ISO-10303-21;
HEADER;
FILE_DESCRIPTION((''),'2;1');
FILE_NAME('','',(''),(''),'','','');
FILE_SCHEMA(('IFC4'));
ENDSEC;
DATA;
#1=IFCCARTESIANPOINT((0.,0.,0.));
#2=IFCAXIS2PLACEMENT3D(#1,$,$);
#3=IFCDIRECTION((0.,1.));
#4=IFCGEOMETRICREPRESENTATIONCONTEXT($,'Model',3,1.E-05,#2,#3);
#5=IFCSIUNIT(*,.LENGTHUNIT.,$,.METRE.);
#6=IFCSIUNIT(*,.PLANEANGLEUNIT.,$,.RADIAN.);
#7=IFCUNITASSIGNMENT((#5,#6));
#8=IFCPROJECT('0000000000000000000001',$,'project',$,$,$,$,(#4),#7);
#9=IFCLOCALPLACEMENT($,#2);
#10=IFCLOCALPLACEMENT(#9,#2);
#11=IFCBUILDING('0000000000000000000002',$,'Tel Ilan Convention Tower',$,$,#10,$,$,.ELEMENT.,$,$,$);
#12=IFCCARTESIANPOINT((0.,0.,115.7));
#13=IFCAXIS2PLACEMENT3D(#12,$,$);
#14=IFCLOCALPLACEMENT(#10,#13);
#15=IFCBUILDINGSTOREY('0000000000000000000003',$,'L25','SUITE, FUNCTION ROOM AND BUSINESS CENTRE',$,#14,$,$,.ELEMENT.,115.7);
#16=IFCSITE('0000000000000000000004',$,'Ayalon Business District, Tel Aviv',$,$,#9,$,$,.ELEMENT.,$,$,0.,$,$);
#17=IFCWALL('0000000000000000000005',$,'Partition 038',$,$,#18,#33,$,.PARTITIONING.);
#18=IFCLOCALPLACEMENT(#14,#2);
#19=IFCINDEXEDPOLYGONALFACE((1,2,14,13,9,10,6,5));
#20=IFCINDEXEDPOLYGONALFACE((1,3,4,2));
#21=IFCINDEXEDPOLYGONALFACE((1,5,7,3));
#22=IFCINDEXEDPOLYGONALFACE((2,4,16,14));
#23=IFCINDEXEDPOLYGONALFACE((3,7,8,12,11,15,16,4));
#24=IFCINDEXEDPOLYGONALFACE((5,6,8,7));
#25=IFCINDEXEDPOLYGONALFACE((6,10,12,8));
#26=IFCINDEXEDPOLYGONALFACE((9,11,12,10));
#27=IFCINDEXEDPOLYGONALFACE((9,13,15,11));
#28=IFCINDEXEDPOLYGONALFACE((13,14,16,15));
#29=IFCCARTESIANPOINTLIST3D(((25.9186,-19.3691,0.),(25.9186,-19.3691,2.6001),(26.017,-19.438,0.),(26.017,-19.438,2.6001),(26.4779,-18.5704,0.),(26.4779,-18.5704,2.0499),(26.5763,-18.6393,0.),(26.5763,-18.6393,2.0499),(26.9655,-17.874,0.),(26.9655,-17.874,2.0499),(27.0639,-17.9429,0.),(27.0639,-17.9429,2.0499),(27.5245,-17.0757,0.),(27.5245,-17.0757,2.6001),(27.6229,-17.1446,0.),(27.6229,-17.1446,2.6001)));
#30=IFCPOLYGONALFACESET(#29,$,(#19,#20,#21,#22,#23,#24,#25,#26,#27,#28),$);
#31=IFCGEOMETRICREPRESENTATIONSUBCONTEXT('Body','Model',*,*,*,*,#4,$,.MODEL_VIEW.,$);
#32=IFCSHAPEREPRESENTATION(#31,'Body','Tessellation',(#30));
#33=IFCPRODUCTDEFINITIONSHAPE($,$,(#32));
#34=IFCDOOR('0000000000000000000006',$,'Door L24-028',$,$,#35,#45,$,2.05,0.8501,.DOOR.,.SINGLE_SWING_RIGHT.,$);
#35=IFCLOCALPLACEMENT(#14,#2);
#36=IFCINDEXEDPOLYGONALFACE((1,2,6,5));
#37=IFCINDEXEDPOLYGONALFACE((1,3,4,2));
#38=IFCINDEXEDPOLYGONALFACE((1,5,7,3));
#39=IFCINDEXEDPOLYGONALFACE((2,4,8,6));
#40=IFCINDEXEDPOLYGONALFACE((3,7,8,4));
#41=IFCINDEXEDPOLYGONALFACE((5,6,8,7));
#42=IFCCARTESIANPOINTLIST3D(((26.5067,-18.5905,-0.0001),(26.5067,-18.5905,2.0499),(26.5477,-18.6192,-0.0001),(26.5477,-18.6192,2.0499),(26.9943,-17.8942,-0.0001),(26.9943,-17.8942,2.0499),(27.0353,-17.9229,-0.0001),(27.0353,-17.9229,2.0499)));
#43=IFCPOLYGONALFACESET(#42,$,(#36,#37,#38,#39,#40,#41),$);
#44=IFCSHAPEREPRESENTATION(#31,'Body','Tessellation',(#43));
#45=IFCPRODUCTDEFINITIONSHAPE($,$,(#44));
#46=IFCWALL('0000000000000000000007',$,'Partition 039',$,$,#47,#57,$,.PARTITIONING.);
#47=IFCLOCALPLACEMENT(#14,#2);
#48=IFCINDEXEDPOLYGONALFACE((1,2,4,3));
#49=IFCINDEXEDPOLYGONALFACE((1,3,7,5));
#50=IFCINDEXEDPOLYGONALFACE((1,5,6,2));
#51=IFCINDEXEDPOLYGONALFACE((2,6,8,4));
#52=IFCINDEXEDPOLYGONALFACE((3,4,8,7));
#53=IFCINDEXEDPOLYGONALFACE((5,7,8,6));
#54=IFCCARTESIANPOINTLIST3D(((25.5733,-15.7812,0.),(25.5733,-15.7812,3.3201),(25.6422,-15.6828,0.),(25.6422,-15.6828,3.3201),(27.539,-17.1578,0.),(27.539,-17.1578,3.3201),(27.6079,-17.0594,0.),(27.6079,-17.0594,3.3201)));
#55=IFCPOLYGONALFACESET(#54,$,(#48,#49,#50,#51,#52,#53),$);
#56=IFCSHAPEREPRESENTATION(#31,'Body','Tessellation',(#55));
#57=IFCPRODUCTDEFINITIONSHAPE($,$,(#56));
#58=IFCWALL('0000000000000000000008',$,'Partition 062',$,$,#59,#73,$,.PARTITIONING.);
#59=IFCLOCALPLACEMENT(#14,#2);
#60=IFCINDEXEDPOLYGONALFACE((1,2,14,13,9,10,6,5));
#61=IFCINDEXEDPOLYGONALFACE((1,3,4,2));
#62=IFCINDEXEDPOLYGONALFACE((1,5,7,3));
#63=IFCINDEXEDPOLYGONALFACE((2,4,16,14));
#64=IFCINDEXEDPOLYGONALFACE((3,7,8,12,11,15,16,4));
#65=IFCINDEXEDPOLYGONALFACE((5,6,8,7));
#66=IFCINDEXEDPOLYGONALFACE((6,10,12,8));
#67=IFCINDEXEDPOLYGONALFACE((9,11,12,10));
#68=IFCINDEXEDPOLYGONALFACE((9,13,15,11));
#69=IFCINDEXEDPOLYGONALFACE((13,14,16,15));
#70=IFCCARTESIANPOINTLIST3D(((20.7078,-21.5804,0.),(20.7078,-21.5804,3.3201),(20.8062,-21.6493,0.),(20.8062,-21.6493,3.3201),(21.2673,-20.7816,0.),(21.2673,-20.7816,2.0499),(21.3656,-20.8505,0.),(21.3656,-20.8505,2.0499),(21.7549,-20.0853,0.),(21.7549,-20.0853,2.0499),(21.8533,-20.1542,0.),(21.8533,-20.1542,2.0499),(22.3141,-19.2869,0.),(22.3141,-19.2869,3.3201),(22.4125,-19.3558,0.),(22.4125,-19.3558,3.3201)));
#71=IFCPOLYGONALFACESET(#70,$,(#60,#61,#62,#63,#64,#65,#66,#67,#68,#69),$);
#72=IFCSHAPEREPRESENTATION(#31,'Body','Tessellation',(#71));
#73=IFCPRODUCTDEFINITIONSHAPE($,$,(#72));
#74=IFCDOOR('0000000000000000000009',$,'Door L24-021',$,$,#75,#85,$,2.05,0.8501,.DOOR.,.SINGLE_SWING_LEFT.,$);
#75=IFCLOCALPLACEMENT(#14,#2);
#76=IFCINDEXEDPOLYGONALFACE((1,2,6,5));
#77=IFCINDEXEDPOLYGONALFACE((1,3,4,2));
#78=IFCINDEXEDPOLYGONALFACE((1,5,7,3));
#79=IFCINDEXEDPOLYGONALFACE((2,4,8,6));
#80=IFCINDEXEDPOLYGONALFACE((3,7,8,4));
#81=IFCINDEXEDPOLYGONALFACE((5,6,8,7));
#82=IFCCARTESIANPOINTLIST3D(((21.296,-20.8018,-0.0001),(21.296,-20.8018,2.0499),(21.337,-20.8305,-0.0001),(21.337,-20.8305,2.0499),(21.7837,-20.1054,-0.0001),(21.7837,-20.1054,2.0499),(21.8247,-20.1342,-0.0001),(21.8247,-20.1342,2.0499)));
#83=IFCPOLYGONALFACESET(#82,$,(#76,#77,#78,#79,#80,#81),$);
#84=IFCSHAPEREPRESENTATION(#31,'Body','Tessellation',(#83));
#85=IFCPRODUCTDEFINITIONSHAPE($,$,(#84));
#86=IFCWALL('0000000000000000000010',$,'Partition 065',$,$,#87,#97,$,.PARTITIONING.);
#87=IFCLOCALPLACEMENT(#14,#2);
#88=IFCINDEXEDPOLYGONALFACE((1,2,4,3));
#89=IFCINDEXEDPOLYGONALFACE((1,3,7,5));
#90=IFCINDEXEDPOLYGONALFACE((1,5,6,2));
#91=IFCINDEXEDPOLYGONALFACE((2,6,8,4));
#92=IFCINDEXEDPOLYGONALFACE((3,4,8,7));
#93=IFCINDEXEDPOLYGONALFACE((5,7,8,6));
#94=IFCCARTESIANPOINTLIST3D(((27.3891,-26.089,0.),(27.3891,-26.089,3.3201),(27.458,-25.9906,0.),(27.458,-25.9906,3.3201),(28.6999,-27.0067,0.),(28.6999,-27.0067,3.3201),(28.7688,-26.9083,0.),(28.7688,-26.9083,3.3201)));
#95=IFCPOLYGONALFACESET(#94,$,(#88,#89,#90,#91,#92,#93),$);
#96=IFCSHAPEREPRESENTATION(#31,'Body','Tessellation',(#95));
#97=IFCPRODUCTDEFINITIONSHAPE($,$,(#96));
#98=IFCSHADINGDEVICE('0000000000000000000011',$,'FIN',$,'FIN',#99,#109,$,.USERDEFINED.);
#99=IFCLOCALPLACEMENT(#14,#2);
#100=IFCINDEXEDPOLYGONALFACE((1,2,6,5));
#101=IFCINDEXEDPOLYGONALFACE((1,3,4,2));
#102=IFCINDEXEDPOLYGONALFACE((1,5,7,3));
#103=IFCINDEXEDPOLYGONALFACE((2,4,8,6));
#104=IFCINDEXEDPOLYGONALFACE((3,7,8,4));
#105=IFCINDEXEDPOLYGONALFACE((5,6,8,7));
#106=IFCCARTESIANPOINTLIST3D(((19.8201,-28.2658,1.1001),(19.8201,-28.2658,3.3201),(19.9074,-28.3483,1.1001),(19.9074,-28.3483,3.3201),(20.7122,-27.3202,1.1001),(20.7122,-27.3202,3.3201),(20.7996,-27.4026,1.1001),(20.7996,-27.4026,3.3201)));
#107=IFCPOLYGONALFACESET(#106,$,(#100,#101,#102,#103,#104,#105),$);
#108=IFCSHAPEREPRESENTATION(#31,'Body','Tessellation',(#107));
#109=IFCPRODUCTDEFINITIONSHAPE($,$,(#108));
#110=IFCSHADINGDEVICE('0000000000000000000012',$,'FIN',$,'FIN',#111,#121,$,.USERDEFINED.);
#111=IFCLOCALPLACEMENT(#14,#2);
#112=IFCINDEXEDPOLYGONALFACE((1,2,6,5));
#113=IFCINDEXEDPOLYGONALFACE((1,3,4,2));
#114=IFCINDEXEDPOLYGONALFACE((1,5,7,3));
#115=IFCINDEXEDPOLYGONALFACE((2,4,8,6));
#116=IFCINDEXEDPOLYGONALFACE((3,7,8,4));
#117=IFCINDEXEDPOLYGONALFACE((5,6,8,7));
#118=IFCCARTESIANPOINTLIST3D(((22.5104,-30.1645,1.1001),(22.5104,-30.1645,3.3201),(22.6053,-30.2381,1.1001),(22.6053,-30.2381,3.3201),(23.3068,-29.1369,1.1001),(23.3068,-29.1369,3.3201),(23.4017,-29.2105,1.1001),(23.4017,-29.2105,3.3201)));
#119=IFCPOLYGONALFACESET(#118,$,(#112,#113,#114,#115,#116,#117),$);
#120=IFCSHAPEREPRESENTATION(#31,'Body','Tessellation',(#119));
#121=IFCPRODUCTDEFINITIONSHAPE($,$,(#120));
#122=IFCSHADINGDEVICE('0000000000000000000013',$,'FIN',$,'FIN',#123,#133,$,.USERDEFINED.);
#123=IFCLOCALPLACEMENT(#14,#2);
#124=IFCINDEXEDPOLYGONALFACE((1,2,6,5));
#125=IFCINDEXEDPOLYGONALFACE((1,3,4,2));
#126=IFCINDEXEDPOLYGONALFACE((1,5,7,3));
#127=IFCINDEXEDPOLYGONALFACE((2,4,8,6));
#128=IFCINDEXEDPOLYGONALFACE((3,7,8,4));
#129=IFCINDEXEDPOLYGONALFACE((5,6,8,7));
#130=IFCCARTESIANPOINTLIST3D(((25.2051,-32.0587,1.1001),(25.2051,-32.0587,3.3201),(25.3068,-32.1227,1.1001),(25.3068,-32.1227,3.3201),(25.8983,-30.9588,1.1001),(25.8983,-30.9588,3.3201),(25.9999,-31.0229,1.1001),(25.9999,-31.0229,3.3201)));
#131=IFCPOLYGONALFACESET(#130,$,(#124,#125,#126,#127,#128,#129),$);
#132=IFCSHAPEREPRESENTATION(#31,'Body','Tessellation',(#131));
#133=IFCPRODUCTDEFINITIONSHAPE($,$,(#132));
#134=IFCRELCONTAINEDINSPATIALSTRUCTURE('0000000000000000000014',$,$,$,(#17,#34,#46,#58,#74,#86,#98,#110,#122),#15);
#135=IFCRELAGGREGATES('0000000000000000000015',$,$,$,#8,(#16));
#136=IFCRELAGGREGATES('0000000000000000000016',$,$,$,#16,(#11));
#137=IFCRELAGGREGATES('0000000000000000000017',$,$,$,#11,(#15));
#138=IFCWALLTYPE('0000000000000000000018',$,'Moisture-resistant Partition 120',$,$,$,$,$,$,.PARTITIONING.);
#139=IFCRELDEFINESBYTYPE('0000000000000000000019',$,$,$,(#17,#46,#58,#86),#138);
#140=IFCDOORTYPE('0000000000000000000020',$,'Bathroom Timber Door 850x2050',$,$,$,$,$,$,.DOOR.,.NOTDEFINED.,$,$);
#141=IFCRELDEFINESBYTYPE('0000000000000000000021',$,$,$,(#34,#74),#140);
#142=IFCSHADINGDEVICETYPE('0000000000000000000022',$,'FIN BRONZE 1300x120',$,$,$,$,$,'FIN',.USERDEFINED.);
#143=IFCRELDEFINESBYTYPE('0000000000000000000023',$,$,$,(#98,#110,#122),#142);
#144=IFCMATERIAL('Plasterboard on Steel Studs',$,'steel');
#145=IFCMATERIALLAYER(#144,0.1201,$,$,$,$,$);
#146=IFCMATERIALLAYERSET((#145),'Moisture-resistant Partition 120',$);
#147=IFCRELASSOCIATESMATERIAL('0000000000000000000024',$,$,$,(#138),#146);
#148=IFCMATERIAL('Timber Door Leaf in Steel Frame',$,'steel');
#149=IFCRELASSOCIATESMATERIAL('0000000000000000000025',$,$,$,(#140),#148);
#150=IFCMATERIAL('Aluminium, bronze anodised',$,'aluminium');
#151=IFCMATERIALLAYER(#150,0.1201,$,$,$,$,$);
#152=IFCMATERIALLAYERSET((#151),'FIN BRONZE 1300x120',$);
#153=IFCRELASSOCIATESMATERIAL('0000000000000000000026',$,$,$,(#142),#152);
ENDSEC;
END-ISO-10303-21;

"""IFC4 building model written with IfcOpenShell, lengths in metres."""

from ifc_helpers import new_model, si_unit, direction, frame, frame_2d, origin, origin_2d, place, context, subcontext, project, spatial, rectangle, extrude, material, layer, layer_set, type_object, element, fill, save


model = new_model("IFC4")

# Units and contexts
model_context = context("Model", 3, precision=1e-05, world=origin(), true_north=direction((0.0, 1.0)))
body_context = subcontext(model_context, "Body", "Model", "MODEL_VIEW")
ifc_project = project(units=[si_unit("LENGTHUNIT", "METRE"), si_unit("PLANEANGLEUNIT", "RADIAN")], contexts=[model_context])

# Site, building, storey
site_placement = place(None, origin())
site = spatial("IfcSite", under=ifc_project, at=site_placement, Name="Ayalon Business District, Tel Aviv", CompositionType="ELEMENT", RefElevation=0.0)
building_placement = place(site_placement, origin())
building = spatial("IfcBuilding", under=site, at=building_placement, Name="Tel Ilan Convention Tower", CompositionType="ELEMENT")
storey_placement = place(building_placement, frame((0.0, 0.0, 115.7)))
storey = spatial("IfcBuildingStorey", under=building, at=storey_placement, Name="L25", Description="SUITE, FUNCTION ROOM AND BUSINESS CENTRE", CompositionType="ELEMENT", Elevation=115.7)

# Wall, opening, door
ifc_material_1 = material(Name="Plasterboard on Steel Studs", Category="steel")
ifc_layer_1 = layer(ifc_material_1, 0.1201)
ifc_layer_set_1 = layer_set([ifc_layer_1], Name="Moisture-resistant Partition 120")
wall_type_1 = type_object("IfcWallType", Name="Moisture-resistant Partition 120", PredefinedType="PARTITIONING", material=ifc_layer_set_1)
wall_1_placement = place(storey_placement, frame((25.9678, -19.4036, 0.0), z_axis=(0.0, 0.0, 1.0), x_axis=(0.573591, 0.819142, 0.0)))
wall_1 = element("IfcWall", 1, at=wall_1_placement, inside=storey, type_object=wall_type_1, Name="Partition 038", PredefinedType="PARTITIONING", context=body_context, shape_type="SweptSolid", body=[
    extrude(rectangle(XDim=2.7998, YDim=0.1201, at=frame_2d((1.3999, 0.0))), origin(), (0.0, 0.0, 1.0), 2.6001),
])
opening_1_placement = place(wall_1_placement, frame((0.9751, 0.0, 0.0)))
opening_1 = element("IfcOpeningElement", 2, at=opening_1_placement, cuts=wall_1, PredefinedType="OPENING", context=body_context, shape_type="SweptSolid", body=[
    extrude(rectangle(XDim=0.8501, YDim=2.05, at=frame_2d((0.425, 1.0249))), frame((0.0, 0.0701, 0.0), z_axis=(0.0, -1.0, 0.0), x_axis=(1.0, 0.0, 0.0)), (0.0, 0.0, 1.0), 0.1401),
])
ifc_material_2 = material(Name="Timber Door Leaf in Steel Frame", Category="steel")
door_type_1 = type_object("IfcDoorType", Name="Bathroom Timber Door 850x2050", OperationType="NOTDEFINED", PredefinedType="DOOR", material=ifc_material_2)
door_1_placement = place(opening_1_placement, origin())
door_1 = element("IfcDoor", 3, at=door_1_placement, inside=storey, type_object=door_type_1, Name="Door L24-028", OperationType="SINGLE_SWING_RIGHT", OverallHeight=2.05, OverallWidth=0.8501, PredefinedType="DOOR", context=body_context, shape_type="SweptSolid", body=[
    extrude(rectangle(XDim=0.8501, YDim=2.05, at=frame_2d((0.425, 1.0249))), frame((0.0, 0.0249, 0.0), z_axis=(0.0, -1.0, 0.0), x_axis=(1.0, 0.0, 0.0)), (0.0, 0.0, 1.0), 0.05),
])
fill(opening_1, door_1)

# Wall
wall_2_placement = place(storey_placement, frame((27.5735, -17.1086, 0.0), z_axis=(0.0, 0.0, 1.0), x_axis=(-0.819108, 0.57364, 0.0)))
element("IfcWall", 4, at=wall_2_placement, inside=storey, type_object=wall_type_1, Name="Partition 039", PredefinedType="PARTITIONING", context=body_context, shape_type="SweptSolid", body=[
    extrude(rectangle(XDim=2.3999, YDim=0.1201, at=frame_2d((1.2, 0.0))), origin(), (0.0, 0.0, 1.0), 3.3201),
])

# Wall, opening, door
wall_3_placement = place(storey_placement, frame((20.7571, -21.6147, 0.0), z_axis=(0.0, 0.0, 1.0), x_axis=(0.57365, 0.819101, 0.0)))
wall_3 = element("IfcWall", 5, at=wall_3_placement, inside=storey, type_object=wall_type_1, Name="Partition 062", PredefinedType="PARTITIONING", context=body_context, shape_type="SweptSolid", body=[
    extrude(rectangle(XDim=2.8, YDim=0.1201, at=frame_2d((1.3999, 0.0))), origin(), (0.0, 0.0, 1.0), 3.3201),
])
opening_2_placement = place(wall_3_placement, frame((0.9751, 0.0, 0.0)))
opening_2 = element("IfcOpeningElement", 6, at=opening_2_placement, cuts=wall_3, PredefinedType="OPENING", context=body_context, shape_type="SweptSolid", body=[
    extrude(rectangle(XDim=0.8501, YDim=2.05, at=frame_2d((0.425, 1.0249))), frame((0.0, 0.0701, 0.0), z_axis=(0.0, -1.0, 0.0), x_axis=(1.0, 0.0, 0.0)), (0.0, 0.0, 1.0), 0.1401),
])
door_2_placement = place(opening_2_placement, origin())
door_2 = element("IfcDoor", 7, at=door_2_placement, inside=storey, type_object=door_type_1, Name="Door L24-021", OperationType="SINGLE_SWING_LEFT", OverallHeight=2.05, OverallWidth=0.8501, PredefinedType="DOOR", context=body_context, shape_type="SweptSolid", body=[
    extrude(rectangle(XDim=0.8501, YDim=2.05, at=frame_2d((0.425, 1.0249))), frame((0.0, 0.0249, 0.0), z_axis=(0.0, -1.0, 0.0), x_axis=(1.0, 0.0, 0.0)), (0.0, 0.0, 1.0), 0.05),
])
fill(opening_2, door_2)

# Wall
wall_4_placement = place(storey_placement, frame((27.4236, -26.0398, 0.0), z_axis=(0.0, 0.0, 1.0), x_axis=(0.819182, -0.573534, 0.0)))
element("IfcWall", 8, at=wall_4_placement, inside=storey, type_object=wall_type_1, Name="Partition 065", PredefinedType="PARTITIONING", context=body_context, shape_type="SweptSolid", body=[
    extrude(rectangle(XDim=1.6001, YDim=0.1201, at=frame_2d((0.8, 0.0))), origin(), (0.0, 0.0, 1.0), 3.3201),
])

# Shading devices
ifc_material_3 = material(Name="Aluminium, bronze anodised", Category="aluminium")
ifc_layer_2 = layer(ifc_material_3, 0.1201)
ifc_layer_set_2 = layer_set([ifc_layer_2], Name="FIN BRONZE 1300x120")
shading_device_type = type_object("IfcShadingDeviceType", Name="FIN BRONZE 1300x120", ElementType="FIN", PredefinedType="USERDEFINED", material=ifc_layer_set_2)
for number, where, z_axis, x_axis, name in (
    (9, (20.3098, -27.8342, 1.1001), (0.0, 0.0, 1.0), (-0.686242, -0.727374, 0.0), "FIN"),
    (10, (22.9561, -29.6875, 1.1001), (0.0, 0.0, 1.0), (-0.612601, -0.790393, 0.0), "FIN"),
    (11, (25.6025, -31.5408, 1.1001), (0.0, 0.0, 1.0), (-0.533204, -0.845986, 0.0), "FIN"),
):
    element("IfcShadingDevice", number, at=place(storey_placement, frame(where, z_axis=z_axis, x_axis=x_axis)), inside=storey, type_object=shading_device_type, Name=name, ObjectType="FIN", PredefinedType="USERDEFINED", context=body_context, shape_type="SweptSolid", body=[
        extrude(rectangle(XDim=1.3, YDim=0.1201, at=origin_2d()), origin(), (0.0, 0.0, 1.0), 2.22),
    ])

save(model, "model.ifc")
